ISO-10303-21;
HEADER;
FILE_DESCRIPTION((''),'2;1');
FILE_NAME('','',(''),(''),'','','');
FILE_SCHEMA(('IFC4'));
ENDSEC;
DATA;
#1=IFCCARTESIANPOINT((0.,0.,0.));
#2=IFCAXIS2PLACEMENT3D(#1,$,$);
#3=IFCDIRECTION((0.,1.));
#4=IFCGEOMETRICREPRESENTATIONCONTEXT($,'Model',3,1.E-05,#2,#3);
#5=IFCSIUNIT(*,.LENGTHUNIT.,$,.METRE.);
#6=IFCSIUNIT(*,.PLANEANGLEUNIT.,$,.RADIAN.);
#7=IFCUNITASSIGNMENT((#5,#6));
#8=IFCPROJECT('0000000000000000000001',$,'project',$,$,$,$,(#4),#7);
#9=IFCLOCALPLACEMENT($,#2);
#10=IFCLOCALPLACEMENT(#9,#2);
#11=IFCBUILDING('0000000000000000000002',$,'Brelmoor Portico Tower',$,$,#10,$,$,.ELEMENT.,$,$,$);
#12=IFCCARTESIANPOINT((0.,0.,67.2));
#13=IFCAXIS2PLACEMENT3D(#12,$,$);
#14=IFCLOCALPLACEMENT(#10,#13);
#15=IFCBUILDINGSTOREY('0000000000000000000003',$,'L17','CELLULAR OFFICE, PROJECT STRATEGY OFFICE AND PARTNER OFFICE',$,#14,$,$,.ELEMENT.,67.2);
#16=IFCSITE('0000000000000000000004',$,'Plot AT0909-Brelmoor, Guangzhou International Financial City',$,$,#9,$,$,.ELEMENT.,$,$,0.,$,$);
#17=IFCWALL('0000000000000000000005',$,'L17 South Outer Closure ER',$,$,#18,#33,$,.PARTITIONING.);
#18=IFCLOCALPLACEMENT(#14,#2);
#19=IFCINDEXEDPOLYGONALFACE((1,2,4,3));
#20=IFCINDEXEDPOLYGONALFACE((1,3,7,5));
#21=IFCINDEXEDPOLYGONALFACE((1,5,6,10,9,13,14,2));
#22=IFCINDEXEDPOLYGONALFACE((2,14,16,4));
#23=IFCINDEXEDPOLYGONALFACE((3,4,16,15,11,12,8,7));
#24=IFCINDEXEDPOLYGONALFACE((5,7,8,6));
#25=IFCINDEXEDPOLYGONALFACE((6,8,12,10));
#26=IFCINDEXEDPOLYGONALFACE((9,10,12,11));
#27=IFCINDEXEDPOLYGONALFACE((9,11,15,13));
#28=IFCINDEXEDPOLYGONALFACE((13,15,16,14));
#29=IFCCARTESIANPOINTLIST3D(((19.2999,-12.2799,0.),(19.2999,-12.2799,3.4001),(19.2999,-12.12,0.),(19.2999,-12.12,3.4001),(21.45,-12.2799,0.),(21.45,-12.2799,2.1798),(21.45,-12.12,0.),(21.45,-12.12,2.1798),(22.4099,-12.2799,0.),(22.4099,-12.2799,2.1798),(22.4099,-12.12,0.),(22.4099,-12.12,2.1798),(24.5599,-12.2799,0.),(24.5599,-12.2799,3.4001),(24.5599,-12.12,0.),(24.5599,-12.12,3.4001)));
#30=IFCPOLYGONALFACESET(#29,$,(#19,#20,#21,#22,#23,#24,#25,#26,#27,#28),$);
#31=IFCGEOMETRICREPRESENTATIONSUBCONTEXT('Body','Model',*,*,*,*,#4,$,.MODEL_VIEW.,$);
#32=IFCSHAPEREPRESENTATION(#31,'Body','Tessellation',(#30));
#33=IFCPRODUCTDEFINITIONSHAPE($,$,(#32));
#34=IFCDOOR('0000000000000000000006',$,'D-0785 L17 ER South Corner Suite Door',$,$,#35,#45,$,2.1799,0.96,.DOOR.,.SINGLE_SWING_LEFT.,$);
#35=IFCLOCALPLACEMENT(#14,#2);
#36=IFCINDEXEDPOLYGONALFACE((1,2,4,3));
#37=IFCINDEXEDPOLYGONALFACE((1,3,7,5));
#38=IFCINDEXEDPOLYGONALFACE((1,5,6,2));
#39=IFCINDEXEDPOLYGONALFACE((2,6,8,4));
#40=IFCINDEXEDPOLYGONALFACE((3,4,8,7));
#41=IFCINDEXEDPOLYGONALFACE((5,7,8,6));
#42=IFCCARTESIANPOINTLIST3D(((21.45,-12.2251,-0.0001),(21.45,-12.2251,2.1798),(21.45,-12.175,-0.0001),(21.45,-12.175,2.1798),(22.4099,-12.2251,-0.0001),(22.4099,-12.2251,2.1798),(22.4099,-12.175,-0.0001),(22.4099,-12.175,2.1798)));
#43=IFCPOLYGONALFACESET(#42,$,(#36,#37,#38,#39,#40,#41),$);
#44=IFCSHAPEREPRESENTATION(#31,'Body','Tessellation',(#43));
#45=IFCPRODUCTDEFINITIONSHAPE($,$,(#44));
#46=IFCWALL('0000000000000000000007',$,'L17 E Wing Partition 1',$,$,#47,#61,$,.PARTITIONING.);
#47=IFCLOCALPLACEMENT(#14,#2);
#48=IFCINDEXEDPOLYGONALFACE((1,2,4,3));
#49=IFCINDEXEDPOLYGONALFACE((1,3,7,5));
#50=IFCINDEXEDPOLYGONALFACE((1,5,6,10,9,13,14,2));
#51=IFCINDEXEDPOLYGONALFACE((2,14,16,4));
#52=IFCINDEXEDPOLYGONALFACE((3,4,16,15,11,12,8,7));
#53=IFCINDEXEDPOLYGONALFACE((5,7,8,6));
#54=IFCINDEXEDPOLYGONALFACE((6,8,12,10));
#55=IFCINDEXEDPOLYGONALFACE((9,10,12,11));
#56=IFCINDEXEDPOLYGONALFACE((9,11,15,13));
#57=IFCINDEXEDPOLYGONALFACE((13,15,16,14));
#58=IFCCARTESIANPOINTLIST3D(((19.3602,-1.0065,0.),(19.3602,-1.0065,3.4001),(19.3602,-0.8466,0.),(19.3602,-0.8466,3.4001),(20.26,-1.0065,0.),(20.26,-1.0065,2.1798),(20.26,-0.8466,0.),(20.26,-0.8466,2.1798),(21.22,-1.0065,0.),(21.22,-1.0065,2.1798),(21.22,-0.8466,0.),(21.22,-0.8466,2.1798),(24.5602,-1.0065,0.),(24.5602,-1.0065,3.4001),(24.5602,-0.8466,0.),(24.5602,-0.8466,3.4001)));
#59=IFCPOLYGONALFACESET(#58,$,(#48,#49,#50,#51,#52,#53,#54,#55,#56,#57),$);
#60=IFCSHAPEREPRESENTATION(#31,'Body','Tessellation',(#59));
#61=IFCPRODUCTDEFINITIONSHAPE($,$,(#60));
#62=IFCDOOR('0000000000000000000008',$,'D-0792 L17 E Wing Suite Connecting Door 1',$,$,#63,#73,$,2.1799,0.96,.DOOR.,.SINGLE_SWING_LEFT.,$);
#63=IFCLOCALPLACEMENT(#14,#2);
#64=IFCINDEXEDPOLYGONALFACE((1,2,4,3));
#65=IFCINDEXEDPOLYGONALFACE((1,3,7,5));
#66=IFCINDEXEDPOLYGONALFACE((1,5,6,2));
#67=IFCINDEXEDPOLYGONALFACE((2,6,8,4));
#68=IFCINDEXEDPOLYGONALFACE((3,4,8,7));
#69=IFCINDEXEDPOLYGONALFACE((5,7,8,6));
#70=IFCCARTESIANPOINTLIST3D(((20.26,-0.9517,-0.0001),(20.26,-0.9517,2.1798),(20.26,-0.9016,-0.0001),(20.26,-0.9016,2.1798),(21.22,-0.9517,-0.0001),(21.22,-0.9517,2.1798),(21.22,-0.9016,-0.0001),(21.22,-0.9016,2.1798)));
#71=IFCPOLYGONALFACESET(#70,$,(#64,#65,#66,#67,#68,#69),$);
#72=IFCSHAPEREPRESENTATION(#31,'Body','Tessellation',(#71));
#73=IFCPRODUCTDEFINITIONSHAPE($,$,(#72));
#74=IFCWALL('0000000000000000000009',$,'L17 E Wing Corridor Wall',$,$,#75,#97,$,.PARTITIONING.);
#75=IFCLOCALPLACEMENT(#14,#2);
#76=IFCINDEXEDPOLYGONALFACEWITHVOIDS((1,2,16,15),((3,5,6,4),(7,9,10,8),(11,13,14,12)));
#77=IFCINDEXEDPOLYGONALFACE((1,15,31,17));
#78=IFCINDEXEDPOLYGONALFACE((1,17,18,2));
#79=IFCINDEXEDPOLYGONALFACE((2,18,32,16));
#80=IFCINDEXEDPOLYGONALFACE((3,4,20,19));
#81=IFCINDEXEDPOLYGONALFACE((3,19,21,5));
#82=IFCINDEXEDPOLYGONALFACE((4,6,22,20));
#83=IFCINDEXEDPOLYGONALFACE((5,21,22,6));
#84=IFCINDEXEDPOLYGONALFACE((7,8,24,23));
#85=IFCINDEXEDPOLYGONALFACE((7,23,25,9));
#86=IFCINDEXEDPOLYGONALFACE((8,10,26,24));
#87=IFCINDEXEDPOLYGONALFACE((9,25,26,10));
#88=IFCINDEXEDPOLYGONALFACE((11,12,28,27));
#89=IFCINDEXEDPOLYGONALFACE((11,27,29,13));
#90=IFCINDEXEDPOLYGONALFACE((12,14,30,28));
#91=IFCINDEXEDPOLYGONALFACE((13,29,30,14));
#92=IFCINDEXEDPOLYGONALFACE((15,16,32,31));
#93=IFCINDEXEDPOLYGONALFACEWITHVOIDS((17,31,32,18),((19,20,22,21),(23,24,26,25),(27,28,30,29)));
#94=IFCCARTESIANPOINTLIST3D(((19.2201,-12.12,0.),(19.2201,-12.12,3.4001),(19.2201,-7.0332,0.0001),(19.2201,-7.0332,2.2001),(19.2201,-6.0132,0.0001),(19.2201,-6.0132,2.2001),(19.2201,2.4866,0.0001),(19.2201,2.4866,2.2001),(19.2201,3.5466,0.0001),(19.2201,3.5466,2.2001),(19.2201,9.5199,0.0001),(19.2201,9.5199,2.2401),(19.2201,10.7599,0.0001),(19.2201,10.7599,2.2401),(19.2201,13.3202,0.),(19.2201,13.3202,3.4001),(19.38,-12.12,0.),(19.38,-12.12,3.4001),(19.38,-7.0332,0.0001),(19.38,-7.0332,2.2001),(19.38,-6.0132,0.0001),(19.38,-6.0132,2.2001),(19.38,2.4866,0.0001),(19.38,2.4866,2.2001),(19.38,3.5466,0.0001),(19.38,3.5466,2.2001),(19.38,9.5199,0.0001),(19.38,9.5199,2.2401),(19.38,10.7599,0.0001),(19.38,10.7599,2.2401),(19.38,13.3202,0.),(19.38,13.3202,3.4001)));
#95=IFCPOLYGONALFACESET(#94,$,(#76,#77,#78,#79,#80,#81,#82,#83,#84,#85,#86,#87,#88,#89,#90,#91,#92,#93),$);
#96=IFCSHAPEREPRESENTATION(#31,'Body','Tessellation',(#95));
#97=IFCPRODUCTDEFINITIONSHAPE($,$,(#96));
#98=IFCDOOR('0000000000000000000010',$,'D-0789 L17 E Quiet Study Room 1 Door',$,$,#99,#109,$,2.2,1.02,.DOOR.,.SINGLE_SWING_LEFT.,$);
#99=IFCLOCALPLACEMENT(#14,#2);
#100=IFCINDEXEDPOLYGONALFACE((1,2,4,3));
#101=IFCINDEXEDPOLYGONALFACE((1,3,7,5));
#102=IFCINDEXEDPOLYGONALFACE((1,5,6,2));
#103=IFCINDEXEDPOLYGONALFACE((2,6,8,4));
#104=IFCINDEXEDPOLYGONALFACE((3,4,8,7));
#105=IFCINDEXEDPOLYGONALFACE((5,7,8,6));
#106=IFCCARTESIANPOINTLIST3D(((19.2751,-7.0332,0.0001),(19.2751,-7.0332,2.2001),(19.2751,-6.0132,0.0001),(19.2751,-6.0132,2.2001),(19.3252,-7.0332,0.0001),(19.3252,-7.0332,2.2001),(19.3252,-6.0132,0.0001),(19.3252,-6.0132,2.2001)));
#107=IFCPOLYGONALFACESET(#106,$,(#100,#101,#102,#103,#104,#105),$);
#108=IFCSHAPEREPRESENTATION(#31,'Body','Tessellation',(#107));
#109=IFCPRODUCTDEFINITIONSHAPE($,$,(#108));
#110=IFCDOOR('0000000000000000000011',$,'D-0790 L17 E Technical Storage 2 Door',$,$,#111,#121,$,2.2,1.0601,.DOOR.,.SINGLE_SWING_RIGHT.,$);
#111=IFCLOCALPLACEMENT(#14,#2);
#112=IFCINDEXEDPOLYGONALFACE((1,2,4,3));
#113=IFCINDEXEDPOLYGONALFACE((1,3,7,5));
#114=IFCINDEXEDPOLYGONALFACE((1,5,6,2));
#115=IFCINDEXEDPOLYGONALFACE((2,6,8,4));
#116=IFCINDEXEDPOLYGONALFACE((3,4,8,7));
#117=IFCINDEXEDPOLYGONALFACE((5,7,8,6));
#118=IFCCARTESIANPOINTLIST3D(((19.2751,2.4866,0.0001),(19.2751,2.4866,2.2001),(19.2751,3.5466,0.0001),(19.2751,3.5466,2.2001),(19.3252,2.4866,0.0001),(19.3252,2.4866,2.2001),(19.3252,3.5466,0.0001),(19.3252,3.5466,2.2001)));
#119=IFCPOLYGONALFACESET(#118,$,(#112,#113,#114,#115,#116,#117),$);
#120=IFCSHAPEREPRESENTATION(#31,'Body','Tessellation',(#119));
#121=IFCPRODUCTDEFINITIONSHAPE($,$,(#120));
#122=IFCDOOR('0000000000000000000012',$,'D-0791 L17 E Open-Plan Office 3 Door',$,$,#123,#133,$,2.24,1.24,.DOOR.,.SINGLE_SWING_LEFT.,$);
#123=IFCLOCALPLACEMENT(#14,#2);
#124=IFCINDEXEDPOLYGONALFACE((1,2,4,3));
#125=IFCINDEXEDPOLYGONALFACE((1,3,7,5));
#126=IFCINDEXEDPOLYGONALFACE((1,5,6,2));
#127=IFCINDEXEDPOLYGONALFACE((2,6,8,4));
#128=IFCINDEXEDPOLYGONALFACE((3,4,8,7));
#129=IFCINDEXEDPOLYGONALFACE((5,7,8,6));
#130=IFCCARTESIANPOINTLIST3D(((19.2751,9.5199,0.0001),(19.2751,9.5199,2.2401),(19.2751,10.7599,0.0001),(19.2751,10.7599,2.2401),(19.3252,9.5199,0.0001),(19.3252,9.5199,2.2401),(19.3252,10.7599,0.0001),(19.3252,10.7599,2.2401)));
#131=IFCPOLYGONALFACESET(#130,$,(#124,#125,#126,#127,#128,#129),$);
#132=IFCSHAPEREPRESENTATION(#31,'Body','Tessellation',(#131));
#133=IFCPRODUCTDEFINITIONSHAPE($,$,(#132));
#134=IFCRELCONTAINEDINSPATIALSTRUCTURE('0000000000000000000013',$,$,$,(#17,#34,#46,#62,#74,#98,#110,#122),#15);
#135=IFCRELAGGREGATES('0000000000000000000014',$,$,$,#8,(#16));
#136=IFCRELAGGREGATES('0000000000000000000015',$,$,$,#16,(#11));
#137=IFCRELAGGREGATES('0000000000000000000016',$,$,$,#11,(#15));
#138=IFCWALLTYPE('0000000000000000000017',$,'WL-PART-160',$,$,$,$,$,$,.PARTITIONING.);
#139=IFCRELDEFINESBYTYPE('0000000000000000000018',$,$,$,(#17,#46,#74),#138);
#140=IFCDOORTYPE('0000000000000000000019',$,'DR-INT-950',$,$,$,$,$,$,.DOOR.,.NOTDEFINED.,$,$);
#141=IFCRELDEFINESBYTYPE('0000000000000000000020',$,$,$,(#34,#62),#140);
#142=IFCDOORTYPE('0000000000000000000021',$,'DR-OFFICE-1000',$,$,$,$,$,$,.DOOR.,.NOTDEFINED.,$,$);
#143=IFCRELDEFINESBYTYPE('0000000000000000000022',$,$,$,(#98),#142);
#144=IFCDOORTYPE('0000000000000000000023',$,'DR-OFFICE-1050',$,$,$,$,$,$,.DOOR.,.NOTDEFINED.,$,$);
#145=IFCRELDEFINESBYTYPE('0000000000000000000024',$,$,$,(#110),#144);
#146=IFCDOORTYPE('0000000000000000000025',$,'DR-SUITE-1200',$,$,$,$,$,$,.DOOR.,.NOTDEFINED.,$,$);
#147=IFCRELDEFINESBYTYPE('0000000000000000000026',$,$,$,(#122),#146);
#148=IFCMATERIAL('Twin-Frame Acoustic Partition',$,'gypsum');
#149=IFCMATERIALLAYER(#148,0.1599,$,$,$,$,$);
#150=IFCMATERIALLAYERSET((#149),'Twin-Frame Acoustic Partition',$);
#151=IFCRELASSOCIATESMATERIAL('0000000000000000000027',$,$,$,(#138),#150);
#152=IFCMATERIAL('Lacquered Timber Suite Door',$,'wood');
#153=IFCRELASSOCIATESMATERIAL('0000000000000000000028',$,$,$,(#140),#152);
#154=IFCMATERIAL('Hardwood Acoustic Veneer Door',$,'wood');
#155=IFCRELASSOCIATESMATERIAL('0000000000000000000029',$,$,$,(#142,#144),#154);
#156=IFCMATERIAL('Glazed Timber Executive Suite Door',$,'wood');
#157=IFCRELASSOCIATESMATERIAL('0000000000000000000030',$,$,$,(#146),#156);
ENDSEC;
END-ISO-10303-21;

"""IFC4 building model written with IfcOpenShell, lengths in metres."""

from ifc_helpers import new_model, si_unit, direction, frame, frame_2d, origin, place, context, subcontext, project, spatial, rectangle, extrude, material, layer, layer_set, type_object, element, fill, save


model = new_model("IFC4")

# Units and contexts
model_context = context("Model", 3, precision=1e-05, world=origin(), true_north=direction((0.0, 1.0)))
body_context = subcontext(model_context, "Body", "Model", "MODEL_VIEW")
ifc_project = project(units=[si_unit("LENGTHUNIT", "METRE"), si_unit("PLANEANGLEUNIT", "RADIAN")], contexts=[model_context])

# Site, building, storey
site_placement = place(None, origin())
site = spatial("IfcSite", under=ifc_project, at=site_placement, Name="Plot AT0909-Brelmoor, Guangzhou International Financial City", CompositionType="ELEMENT", RefElevation=0.0)
building_placement = place(site_placement, origin())
building = spatial("IfcBuilding", under=site, at=building_placement, Name="Brelmoor Portico Tower", CompositionType="ELEMENT")
storey_placement = place(building_placement, frame((0.0, 0.0, 67.2)))
storey = spatial("IfcBuildingStorey", under=building, at=storey_placement, Name="L17", Description="CELLULAR OFFICE, PROJECT STRATEGY OFFICE AND PARTNER OFFICE", CompositionType="ELEMENT", Elevation=67.2)

# Walls, openings, doors
ifc_material_1 = material(Name="Twin-Frame Acoustic Partition", Category="gypsum")
ifc_layer_1 = layer(ifc_material_1, 0.1599)
ifc_layer_set_1 = layer_set([ifc_layer_1], Name="Twin-Frame Acoustic Partition")
wall_type_1 = type_object("IfcWallType", Name="WL-PART-160", PredefinedType="PARTITIONING", material=ifc_layer_set_1)
wall_1_placement = place(storey_placement, frame((19.3, -12.2, 0.0), z_axis=(0.0, 0.0, 1.0), x_axis=(1.0, 0.0, 0.0)))
wall_1 = element("IfcWall", 1, at=wall_1_placement, inside=storey, type_object=wall_type_1, Name="L17 South Outer Closure ER", PredefinedType="PARTITIONING", context=body_context, shape_type="SweptSolid", body=[
    extrude(rectangle(XDim=5.26, YDim=0.1599, at=frame_2d((2.6299, 0.0))), origin(), (0.0, 0.0, 1.0), 3.4001),
])
opening_1_placement = place(wall_1_placement, frame((2.1499, 0.0, 0.0)))
opening_1 = element("IfcOpeningElement", 2, at=opening_1_placement, cuts=wall_1, PredefinedType="OPENING", context=body_context, shape_type="SweptSolid", body=[
    extrude(rectangle(XDim=0.96, YDim=2.1799, at=frame_2d((0.48, 1.0898))), frame((0.0, 0.0898, 0.0), z_axis=(0.0, -1.0, 0.0), x_axis=(1.0, 0.0, 0.0)), (0.0, 0.0, 1.0), 0.1799),
])
ifc_material_2 = material(Name="Lacquered Timber Suite Door", Category="wood")
door_type_1 = type_object("IfcDoorType", Name="DR-INT-950", OperationType="NOTDEFINED", PredefinedType="DOOR", material=ifc_material_2)
door_1_placement = place(opening_1_placement, origin())
door_1 = element("IfcDoor", 3, at=door_1_placement, inside=storey, type_object=door_type_1, Name="D-0785 L17 ER South Corner Suite Door", OperationType="SINGLE_SWING_LEFT", OverallHeight=2.1799, OverallWidth=0.96, PredefinedType="DOOR", context=body_context, shape_type="SweptSolid", body=[
    extrude(rectangle(XDim=0.96, YDim=2.1799, at=frame_2d((0.48, 1.0898))), frame((0.0, 0.0249, 0.0), z_axis=(0.0, -1.0, 0.0), x_axis=(1.0, 0.0, 0.0)), (0.0, 0.0, 1.0), 0.05),
])
fill(opening_1, door_1)
wall_2_placement = place(storey_placement, frame((19.3601, -0.9265, 0.0), z_axis=(0.0, 0.0, 1.0), x_axis=(1.0, 0.0, 0.0)))
wall_2 = element("IfcWall", 4, at=wall_2_placement, inside=storey, type_object=wall_type_1, Name="L17 E Wing Partition 1", PredefinedType="PARTITIONING", context=body_context, shape_type="SweptSolid", body=[
    extrude(rectangle(XDim=5.2, YDim=0.1599, at=frame_2d((2.6001, 0.0))), origin(), (0.0, 0.0, 1.0), 3.4001),
])
opening_2_placement = place(wall_2_placement, frame((0.8999, 0.0, 0.0)))
opening_2 = element("IfcOpeningElement", 5, at=opening_2_placement, cuts=wall_2, PredefinedType="OPENING", context=body_context, shape_type="SweptSolid", body=[
    extrude(rectangle(XDim=0.96, YDim=2.1799, at=frame_2d((0.48, 1.0898))), frame((0.0, 0.0898, 0.0), z_axis=(0.0, -1.0, 0.0), x_axis=(1.0, 0.0, 0.0)), (0.0, 0.0, 1.0), 0.1799),
])
door_2_placement = place(opening_2_placement, origin())
door_2 = element("IfcDoor", 6, at=door_2_placement, inside=storey, type_object=door_type_1, Name="D-0792 L17 E Wing Suite Connecting Door 1", OperationType="SINGLE_SWING_LEFT", OverallHeight=2.1799, OverallWidth=0.96, PredefinedType="DOOR", context=body_context, shape_type="SweptSolid", body=[
    extrude(rectangle(XDim=0.96, YDim=2.1799, at=frame_2d((0.48, 1.0898))), frame((0.0, 0.0249, 0.0), z_axis=(0.0, -1.0, 0.0), x_axis=(1.0, 0.0, 0.0)), (0.0, 0.0, 1.0), 0.05),
])
fill(opening_2, door_2)

# Wall, openings, doors
wall_3_placement = place(storey_placement, frame((19.3, -12.1201, 0.0), z_axis=(0.0, 0.0, 1.0), x_axis=(0.0, 1.0, 0.0)))
wall_3 = element("IfcWall", 7, at=wall_3_placement, inside=storey, type_object=wall_type_1, Name="L17 E Wing Corridor Wall", PredefinedType="PARTITIONING", context=body_context, shape_type="SweptSolid", body=[
    extrude(rectangle(XDim=25.4402, YDim=0.1599, at=frame_2d((12.7202, 0.0))), origin(), (0.0, 0.0, 1.0), 3.4001),
])
opening_3_placement = place(wall_3_placement, frame((5.0869, 0.0, 0.0)))
opening_3 = element("IfcOpeningElement", 8, at=opening_3_placement, cuts=wall_3, PredefinedType="OPENING", context=body_context, shape_type="SweptSolid", body=[
    extrude(rectangle(XDim=1.02, YDim=2.2, at=frame_2d((0.51, 1.1001))), frame((0.0, 0.0898, 0.0), z_axis=(0.0, -1.0, 0.0), x_axis=(1.0, 0.0, 0.0)), (0.0, 0.0, 1.0), 0.1799),
])
opening_4_placement = place(wall_3_placement, frame((14.6067, 0.0, 0.0)))
opening_4 = element("IfcOpeningElement", 9, at=opening_4_placement, cuts=wall_3, PredefinedType="OPENING", context=body_context, shape_type="SweptSolid", body=[
    extrude(rectangle(XDim=1.0601, YDim=2.2, at=frame_2d((0.53, 1.1001))), frame((0.0, 0.0898, 0.0), z_axis=(0.0, -1.0, 0.0), x_axis=(1.0, 0.0, 0.0)), (0.0, 0.0, 1.0), 0.1799),
])
opening_5_placement = place(wall_3_placement, frame((21.6399, 0.0, 0.0)))
opening_5 = element("IfcOpeningElement", 10, at=opening_5_placement, cuts=wall_3, PredefinedType="OPENING", context=body_context, shape_type="SweptSolid", body=[
    extrude(rectangle(XDim=1.24, YDim=2.24, at=frame_2d((0.6201, 1.1201))), frame((0.0, 0.0898, 0.0), z_axis=(0.0, -1.0, 0.0), x_axis=(1.0, 0.0, 0.0)), (0.0, 0.0, 1.0), 0.1799),
])
ifc_material_3 = material(Name="Hardwood Acoustic Veneer Door", Category="wood")
door_type_2 = type_object("IfcDoorType", Name="DR-OFFICE-1000", OperationType="NOTDEFINED", PredefinedType="DOOR", material=ifc_material_3)
door_3_placement = place(opening_3_placement, origin())
door_3 = element("IfcDoor", 11, at=door_3_placement, inside=storey, type_object=door_type_2, Name="D-0789 L17 E Quiet Study Room 1 Door", OperationType="SINGLE_SWING_LEFT", OverallHeight=2.2, OverallWidth=1.02, PredefinedType="DOOR", context=body_context, shape_type="SweptSolid", body=[
    extrude(rectangle(XDim=1.02, YDim=2.2, at=frame_2d((0.51, 1.1001))), frame((0.0, 0.0249, 0.0), z_axis=(0.0, -1.0, 0.0), x_axis=(1.0, 0.0, 0.0)), (0.0, 0.0, 1.0), 0.05),
])
fill(opening_3, door_3)
door_type_3 = type_object("IfcDoorType", Name="DR-OFFICE-1050", OperationType="NOTDEFINED", PredefinedType="DOOR", material=ifc_material_3)
door_4_placement = place(opening_4_placement, origin())
door_4 = element("IfcDoor", 12, at=door_4_placement, inside=storey, type_object=door_type_3, Name="D-0790 L17 E Technical Storage 2 Door", OperationType="SINGLE_SWING_RIGHT", OverallHeight=2.2, OverallWidth=1.0601, PredefinedType="DOOR", context=body_context, shape_type="SweptSolid", body=[
    extrude(rectangle(XDim=1.0601, YDim=2.2, at=frame_2d((0.53, 1.1001))), frame((0.0, 0.0249, 0.0), z_axis=(0.0, -1.0, 0.0), x_axis=(1.0, 0.0, 0.0)), (0.0, 0.0, 1.0), 0.05),
])
fill(opening_4, door_4)
ifc_material_4 = material(Name="Glazed Timber Executive Suite Door", Category="wood")
door_type_4 = type_object("IfcDoorType", Name="DR-SUITE-1200", OperationType="NOTDEFINED", PredefinedType="DOOR", material=ifc_material_4)
door_5_placement = place(opening_5_placement, origin())
door_5 = element("IfcDoor", 13, at=door_5_placement, inside=storey, type_object=door_type_4, Name="D-0791 L17 E Open-Plan Office 3 Door", OperationType="SINGLE_SWING_LEFT", OverallHeight=2.24, OverallWidth=1.24, PredefinedType="DOOR", context=body_context, shape_type="SweptSolid", body=[
    extrude(rectangle(XDim=1.24, YDim=2.24, at=frame_2d((0.6201, 1.1201))), frame((0.0, 0.0249, 0.0), z_axis=(0.0, -1.0, 0.0), x_axis=(1.0, 0.0, 0.0)), (0.0, 0.0, 1.0), 0.05),
])
fill(opening_5, door_5)

save(model, "model.ifc")
